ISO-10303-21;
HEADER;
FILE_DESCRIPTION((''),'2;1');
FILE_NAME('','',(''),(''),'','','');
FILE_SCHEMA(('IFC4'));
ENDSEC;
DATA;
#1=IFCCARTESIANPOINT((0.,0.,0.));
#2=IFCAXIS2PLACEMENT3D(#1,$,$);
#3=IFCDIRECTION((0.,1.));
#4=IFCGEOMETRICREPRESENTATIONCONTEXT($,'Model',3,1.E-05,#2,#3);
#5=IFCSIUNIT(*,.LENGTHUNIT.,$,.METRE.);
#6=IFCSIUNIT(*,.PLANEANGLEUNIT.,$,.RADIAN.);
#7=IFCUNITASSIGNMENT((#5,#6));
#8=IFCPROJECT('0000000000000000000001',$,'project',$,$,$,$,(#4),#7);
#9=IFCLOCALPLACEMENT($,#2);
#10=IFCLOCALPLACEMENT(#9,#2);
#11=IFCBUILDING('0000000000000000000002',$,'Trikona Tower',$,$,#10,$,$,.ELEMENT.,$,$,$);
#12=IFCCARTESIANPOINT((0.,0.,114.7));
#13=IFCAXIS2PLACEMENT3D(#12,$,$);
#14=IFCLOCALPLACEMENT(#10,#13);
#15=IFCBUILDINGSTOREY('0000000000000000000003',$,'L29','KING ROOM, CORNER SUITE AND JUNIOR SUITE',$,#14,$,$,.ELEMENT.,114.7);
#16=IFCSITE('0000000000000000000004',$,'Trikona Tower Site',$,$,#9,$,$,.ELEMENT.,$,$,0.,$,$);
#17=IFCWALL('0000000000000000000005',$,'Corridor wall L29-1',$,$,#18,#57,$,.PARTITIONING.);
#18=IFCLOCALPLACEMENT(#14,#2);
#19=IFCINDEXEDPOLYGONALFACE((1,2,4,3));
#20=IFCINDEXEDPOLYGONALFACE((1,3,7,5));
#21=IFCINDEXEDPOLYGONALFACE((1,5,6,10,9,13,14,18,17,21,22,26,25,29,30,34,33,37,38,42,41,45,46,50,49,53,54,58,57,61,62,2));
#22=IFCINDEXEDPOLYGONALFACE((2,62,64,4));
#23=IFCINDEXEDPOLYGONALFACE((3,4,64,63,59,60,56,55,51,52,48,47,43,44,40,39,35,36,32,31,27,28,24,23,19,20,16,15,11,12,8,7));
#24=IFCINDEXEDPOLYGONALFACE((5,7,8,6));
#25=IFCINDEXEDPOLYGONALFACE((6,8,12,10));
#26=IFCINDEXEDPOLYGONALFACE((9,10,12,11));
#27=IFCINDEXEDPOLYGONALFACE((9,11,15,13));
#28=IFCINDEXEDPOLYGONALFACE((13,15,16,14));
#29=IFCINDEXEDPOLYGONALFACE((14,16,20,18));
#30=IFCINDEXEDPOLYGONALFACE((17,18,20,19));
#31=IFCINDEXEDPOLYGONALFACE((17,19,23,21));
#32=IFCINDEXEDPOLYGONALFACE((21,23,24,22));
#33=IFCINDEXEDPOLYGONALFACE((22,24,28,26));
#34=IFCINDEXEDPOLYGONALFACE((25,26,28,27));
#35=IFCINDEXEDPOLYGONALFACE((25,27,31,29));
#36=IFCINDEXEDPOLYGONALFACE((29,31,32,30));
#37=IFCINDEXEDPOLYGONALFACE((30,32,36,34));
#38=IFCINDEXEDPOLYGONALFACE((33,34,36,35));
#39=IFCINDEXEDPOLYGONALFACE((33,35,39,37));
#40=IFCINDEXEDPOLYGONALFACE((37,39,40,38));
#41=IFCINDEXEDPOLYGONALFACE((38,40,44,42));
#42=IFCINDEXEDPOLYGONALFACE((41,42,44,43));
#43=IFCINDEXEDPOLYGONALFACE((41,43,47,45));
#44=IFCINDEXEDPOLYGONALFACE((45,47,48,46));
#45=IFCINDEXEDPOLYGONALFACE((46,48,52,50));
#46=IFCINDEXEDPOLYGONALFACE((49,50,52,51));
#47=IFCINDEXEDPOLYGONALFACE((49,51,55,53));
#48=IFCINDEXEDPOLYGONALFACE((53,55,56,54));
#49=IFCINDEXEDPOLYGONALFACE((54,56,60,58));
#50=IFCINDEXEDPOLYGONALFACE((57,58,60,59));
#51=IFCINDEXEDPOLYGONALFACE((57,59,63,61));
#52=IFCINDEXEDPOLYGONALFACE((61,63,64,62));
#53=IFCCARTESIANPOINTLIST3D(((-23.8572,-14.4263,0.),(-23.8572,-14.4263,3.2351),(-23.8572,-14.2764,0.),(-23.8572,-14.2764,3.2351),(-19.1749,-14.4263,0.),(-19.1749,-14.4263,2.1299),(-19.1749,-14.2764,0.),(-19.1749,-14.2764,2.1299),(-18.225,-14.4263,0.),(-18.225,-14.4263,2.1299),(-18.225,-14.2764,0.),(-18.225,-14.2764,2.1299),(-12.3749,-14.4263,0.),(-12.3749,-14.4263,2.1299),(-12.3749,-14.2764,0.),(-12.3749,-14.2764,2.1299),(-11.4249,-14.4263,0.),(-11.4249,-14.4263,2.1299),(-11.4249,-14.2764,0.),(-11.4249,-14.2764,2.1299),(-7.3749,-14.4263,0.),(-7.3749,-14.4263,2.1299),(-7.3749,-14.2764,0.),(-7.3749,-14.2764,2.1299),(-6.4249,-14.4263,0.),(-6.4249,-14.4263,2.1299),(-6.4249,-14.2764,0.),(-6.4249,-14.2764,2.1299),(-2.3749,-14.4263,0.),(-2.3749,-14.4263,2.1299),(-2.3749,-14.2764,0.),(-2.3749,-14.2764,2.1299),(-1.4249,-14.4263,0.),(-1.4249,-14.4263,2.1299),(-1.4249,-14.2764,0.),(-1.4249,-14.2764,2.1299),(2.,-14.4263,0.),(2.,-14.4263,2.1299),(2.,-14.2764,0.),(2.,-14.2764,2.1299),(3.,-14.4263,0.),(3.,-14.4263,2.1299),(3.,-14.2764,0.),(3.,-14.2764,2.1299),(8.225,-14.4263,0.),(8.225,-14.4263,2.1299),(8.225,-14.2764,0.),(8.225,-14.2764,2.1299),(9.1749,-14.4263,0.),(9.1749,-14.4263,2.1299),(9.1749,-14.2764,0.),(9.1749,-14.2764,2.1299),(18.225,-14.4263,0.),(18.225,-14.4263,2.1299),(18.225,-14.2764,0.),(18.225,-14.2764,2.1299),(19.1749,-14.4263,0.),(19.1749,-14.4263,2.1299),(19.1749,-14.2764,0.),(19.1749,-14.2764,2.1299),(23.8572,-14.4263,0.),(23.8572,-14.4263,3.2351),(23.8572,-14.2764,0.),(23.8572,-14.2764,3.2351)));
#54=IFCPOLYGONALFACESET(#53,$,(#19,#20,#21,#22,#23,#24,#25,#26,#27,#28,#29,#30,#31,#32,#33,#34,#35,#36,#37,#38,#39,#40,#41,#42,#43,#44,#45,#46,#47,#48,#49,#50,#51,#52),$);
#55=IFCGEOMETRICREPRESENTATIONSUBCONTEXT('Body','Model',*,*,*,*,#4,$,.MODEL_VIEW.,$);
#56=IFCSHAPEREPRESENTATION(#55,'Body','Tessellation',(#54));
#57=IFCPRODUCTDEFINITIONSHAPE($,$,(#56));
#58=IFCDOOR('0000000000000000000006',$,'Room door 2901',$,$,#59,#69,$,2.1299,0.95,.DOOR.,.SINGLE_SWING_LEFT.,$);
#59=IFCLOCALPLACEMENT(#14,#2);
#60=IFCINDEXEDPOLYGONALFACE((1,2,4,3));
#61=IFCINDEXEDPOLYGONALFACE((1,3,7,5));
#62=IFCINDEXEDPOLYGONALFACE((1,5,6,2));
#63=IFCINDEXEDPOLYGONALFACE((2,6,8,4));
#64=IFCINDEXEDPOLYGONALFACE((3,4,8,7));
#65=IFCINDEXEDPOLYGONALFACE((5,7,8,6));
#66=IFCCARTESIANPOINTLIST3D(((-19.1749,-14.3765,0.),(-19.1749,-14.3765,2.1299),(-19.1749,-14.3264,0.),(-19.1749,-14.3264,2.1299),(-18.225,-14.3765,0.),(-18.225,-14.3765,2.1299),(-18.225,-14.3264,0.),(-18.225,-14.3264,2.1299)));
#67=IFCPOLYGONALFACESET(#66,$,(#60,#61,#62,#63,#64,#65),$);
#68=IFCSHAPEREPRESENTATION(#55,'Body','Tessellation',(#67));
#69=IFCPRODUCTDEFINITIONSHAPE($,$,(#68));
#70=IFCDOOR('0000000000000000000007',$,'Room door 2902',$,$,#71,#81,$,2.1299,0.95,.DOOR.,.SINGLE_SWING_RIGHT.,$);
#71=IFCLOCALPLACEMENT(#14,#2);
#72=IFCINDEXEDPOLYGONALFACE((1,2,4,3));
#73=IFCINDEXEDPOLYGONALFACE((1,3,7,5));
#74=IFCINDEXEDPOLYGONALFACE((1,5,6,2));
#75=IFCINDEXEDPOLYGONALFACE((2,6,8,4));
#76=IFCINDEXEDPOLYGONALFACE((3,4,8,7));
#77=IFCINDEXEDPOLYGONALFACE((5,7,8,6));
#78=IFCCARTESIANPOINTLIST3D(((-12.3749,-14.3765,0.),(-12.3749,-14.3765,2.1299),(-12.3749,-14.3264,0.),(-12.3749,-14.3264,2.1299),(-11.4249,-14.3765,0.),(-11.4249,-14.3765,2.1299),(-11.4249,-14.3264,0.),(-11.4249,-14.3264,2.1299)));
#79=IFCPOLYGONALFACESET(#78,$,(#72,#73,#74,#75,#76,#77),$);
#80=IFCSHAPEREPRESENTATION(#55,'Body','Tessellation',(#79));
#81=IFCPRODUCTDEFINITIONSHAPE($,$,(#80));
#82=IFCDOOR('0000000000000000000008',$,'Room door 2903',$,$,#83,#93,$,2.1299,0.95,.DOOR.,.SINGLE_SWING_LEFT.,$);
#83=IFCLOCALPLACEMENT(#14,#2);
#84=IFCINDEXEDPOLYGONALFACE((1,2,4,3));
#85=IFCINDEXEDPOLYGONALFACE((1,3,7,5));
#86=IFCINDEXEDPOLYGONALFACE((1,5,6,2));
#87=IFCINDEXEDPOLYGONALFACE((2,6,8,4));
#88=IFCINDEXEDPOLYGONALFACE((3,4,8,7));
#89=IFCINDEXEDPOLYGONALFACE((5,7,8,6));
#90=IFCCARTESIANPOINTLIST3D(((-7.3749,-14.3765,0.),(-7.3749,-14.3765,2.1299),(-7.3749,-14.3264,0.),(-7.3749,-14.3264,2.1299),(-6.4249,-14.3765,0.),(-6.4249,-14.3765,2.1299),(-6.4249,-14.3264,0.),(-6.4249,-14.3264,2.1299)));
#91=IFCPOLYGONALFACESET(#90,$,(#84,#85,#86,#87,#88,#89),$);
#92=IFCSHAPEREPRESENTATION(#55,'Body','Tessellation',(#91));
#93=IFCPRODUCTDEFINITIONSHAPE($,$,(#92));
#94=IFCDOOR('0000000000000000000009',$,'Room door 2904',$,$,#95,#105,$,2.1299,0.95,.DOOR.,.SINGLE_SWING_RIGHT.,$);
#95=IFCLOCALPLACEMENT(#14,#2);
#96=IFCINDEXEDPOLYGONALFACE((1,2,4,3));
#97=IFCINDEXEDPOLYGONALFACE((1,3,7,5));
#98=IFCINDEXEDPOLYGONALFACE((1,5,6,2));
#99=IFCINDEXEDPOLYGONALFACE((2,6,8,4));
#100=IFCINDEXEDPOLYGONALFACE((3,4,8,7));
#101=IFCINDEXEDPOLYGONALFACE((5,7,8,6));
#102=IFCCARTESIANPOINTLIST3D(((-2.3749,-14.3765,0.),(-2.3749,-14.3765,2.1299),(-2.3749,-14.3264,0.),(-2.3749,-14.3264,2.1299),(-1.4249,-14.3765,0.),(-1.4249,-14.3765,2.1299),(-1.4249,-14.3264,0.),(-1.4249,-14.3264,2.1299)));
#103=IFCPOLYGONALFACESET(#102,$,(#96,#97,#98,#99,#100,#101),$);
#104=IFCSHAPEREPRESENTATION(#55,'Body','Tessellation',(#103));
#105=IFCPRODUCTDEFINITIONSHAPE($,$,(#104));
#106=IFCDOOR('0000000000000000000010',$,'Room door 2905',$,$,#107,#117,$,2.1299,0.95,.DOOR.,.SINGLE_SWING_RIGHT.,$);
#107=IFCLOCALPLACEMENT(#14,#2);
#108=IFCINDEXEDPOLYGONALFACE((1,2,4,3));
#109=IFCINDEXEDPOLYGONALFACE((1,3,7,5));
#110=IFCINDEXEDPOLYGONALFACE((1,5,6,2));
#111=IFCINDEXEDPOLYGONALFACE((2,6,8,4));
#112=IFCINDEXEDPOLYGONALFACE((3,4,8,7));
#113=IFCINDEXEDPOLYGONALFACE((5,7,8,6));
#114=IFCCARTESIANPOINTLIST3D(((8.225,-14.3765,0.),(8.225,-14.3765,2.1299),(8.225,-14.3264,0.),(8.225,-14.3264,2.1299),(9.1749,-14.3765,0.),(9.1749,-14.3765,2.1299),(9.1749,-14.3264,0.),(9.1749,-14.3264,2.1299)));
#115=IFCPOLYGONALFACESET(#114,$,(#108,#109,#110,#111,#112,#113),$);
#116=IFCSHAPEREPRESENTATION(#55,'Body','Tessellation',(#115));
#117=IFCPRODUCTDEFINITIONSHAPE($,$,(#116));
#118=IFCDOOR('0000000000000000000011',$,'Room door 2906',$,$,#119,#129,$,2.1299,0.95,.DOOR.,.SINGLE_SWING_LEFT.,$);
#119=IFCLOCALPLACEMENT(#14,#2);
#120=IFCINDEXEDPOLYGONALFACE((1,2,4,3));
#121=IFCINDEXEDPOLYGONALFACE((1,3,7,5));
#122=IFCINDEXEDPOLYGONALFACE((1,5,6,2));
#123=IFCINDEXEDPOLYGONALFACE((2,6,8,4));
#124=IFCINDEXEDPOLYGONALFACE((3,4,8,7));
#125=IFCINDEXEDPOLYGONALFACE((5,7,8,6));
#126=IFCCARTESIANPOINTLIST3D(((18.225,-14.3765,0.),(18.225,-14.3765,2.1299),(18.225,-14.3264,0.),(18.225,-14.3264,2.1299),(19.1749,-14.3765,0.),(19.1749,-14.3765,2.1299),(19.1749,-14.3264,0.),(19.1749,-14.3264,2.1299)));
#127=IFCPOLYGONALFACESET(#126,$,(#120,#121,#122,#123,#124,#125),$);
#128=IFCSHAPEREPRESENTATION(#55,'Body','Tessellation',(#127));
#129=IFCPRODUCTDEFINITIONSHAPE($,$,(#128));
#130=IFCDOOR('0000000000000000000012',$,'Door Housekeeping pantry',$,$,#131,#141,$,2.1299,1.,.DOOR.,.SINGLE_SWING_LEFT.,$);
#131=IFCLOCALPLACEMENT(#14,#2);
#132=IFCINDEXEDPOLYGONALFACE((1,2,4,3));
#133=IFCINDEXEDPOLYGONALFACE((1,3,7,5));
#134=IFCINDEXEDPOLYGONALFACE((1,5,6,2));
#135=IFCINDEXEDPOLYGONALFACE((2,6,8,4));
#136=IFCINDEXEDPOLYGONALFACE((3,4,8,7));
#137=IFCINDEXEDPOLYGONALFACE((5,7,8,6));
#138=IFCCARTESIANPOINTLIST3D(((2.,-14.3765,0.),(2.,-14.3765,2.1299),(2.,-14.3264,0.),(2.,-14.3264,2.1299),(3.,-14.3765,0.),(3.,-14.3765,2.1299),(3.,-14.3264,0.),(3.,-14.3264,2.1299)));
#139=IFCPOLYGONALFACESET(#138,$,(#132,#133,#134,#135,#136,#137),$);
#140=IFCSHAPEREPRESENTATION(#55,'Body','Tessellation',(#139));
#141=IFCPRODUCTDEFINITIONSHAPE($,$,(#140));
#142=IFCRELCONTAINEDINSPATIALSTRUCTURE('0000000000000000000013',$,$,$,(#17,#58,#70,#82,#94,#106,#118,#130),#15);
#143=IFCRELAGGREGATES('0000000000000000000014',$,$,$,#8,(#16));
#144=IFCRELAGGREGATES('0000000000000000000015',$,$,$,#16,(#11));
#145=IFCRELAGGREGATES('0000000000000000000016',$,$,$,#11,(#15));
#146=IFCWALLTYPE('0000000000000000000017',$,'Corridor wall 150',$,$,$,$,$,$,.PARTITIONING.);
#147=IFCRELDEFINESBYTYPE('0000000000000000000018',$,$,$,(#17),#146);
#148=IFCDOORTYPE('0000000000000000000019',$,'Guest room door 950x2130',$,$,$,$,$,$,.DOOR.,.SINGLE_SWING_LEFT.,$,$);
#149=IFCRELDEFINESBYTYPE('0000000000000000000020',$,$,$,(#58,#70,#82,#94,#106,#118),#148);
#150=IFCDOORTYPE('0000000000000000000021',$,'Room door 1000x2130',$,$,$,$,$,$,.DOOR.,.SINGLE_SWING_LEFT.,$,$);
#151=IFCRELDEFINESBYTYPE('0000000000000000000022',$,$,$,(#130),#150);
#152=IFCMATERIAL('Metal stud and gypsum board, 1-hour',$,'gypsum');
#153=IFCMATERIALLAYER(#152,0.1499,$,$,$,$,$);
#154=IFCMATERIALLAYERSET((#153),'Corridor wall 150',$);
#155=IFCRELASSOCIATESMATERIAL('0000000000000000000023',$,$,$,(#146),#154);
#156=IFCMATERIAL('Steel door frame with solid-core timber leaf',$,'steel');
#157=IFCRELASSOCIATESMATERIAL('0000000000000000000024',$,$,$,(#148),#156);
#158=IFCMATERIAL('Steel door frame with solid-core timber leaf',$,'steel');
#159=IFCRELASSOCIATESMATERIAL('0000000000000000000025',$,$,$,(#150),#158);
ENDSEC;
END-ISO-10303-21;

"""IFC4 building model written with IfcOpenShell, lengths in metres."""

from ifc_helpers import new_model, si_unit, direction, frame, frame_2d, origin, place, context, subcontext, project, spatial, rectangle, extrude, material, layer, layer_set, type_object, element, fill, save


model = new_model("IFC4")

# Units and contexts
model_context = context("Model", 3, precision=1e-05, world=origin(), true_north=direction((0.0, 1.0)))
body_context = subcontext(model_context, "Body", "Model", "MODEL_VIEW")
ifc_project = project(units=[si_unit("LENGTHUNIT", "METRE"), si_unit("PLANEANGLEUNIT", "RADIAN")], contexts=[model_context])

# Site, building, storey
site_placement = place(None, origin())
site = spatial("IfcSite", under=ifc_project, at=site_placement, Name="Trikona Tower Site", CompositionType="ELEMENT", RefElevation=0.0)
building_placement = place(site_placement, origin())
building = spatial("IfcBuilding", under=site, at=building_placement, Name="Trikona Tower", CompositionType="ELEMENT")
storey_placement = place(building_placement, frame((0.0, 0.0, 114.7)))
storey = spatial("IfcBuildingStorey", under=building, at=storey_placement, Name="L29", Description="KING ROOM, CORNER SUITE AND JUNIOR SUITE", CompositionType="ELEMENT", Elevation=114.7)

# Wall, openings, doors
ifc_material_1 = material(Name="Metal stud and gypsum board, 1-hour", Category="gypsum")
ifc_layer_1 = layer(ifc_material_1, 0.1499)
ifc_layer_set_1 = layer_set([ifc_layer_1], Name="Corridor wall 150")
wall_type_1 = type_object("IfcWallType", Name="Corridor wall 150", PredefinedType="PARTITIONING", material=ifc_layer_set_1)
wall_1_placement = place(storey_placement, frame((-23.8572, -14.3513, 0.0), z_axis=(0.0, 0.0, 1.0), x_axis=(1.0, 0.0, 0.0)))
wall_1 = element("IfcWall", 1, at=wall_1_placement, inside=storey, type_object=wall_type_1, Name="Corridor wall L29-1", PredefinedType="PARTITIONING", context=body_context, shape_type="SweptSolid", body=[
    extrude(rectangle(XDim=47.7144, YDim=0.1499, at=frame_2d((23.8572, 0.0))), origin(), (0.0, 0.0, 1.0), 3.2351),
])
opening_1_placement = place(wall_1_placement, frame((4.6821, 0.0, 0.0)))
opening_1 = element("IfcOpeningElement", 2, at=opening_1_placement, cuts=wall_1, PredefinedType="OPENING", context=body_context, shape_type="SweptSolid", body=[
    extrude(rectangle(XDim=0.95, YDim=2.1299, at=frame_2d((0.4751, 1.0649))), frame((0.0, 0.085, 0.0), z_axis=(0.0, -1.0, 0.0), x_axis=(1.0, 0.0, 0.0)), (0.0, 0.0, 1.0), 0.1699),
])
opening_2_placement = place(wall_1_placement, frame((11.4822, 0.0, 0.0)))
opening_2 = element("IfcOpeningElement", 3, at=opening_2_placement, cuts=wall_1, PredefinedType="OPENING", context=body_context, shape_type="SweptSolid", body=[
    extrude(rectangle(XDim=0.95, YDim=2.1299, at=frame_2d((0.4751, 1.0649))), frame((0.0, 0.085, 0.0), z_axis=(0.0, -1.0, 0.0), x_axis=(1.0, 0.0, 0.0)), (0.0, 0.0, 1.0), 0.1699),
])
opening_3_placement = place(wall_1_placement, frame((16.4822, 0.0, 0.0)))
opening_3 = element("IfcOpeningElement", 4, at=opening_3_placement, cuts=wall_1, PredefinedType="OPENING", context=body_context, shape_type="SweptSolid", body=[
    extrude(rectangle(XDim=0.95, YDim=2.1299, at=frame_2d((0.4751, 1.0649))), frame((0.0, 0.085, 0.0), z_axis=(0.0, -1.0, 0.0), x_axis=(1.0, 0.0, 0.0)), (0.0, 0.0, 1.0), 0.1699),
])
opening_4_placement = place(wall_1_placement, frame((21.4822, 0.0, 0.0)))
opening_4 = element("IfcOpeningElement", 5, at=opening_4_placement, cuts=wall_1, PredefinedType="OPENING", context=body_context, shape_type="SweptSolid", body=[
    extrude(rectangle(XDim=0.95, YDim=2.1299, at=frame_2d((0.4751, 1.0649))), frame((0.0, 0.085, 0.0), z_axis=(0.0, -1.0, 0.0), x_axis=(1.0, 0.0, 0.0)), (0.0, 0.0, 1.0), 0.1699),
])
opening_5_placement = place(wall_1_placement, frame((25.8572, 0.0, 0.0)))
opening_5 = element("IfcOpeningElement", 6, at=opening_5_placement, cuts=wall_1, PredefinedType="OPENING", context=body_context, shape_type="SweptSolid", body=[
    extrude(rectangle(XDim=1.0, YDim=2.1299, at=frame_2d((0.5, 1.0649))), frame((0.0, 0.085, 0.0), z_axis=(0.0, -1.0, 0.0), x_axis=(1.0, 0.0, 0.0)), (0.0, 0.0, 1.0), 0.1699),
])
opening_6_placement = place(wall_1_placement, frame((32.082, 0.0, 0.0)))
opening_6 = element("IfcOpeningElement", 7, at=opening_6_placement, cuts=wall_1, PredefinedType="OPENING", context=body_context, shape_type="SweptSolid", body=[
    extrude(rectangle(XDim=0.95, YDim=2.1299, at=frame_2d((0.4751, 1.0649))), frame((0.0, 0.085, 0.0), z_axis=(0.0, -1.0, 0.0), x_axis=(1.0, 0.0, 0.0)), (0.0, 0.0, 1.0), 0.1699),
])
opening_7_placement = place(wall_1_placement, frame((42.082, 0.0, 0.0)))
opening_7 = element("IfcOpeningElement", 8, at=opening_7_placement, cuts=wall_1, PredefinedType="OPENING", context=body_context, shape_type="SweptSolid", body=[
    extrude(rectangle(XDim=0.95, YDim=2.1299, at=frame_2d((0.4751, 1.0649))), frame((0.0, 0.085, 0.0), z_axis=(0.0, -1.0, 0.0), x_axis=(1.0, 0.0, 0.0)), (0.0, 0.0, 1.0), 0.1699),
])
ifc_material_2 = material(Name="Steel door frame with solid-core timber leaf", Category="steel")
door_type_1 = type_object("IfcDoorType", Name="Guest room door 950x2130", OperationType="SINGLE_SWING_LEFT", PredefinedType="DOOR", material=ifc_material_2)
door_1_placement = place(opening_1_placement, origin())
door_1 = element("IfcDoor", 9, at=door_1_placement, inside=storey, type_object=door_type_1, Name="Room door 2901", OperationType="SINGLE_SWING_LEFT", OverallHeight=2.1299, OverallWidth=0.95, PredefinedType="DOOR", context=body_context, shape_type="SweptSolid", body=[
    extrude(rectangle(XDim=0.95, YDim=2.1299, at=frame_2d((0.4751, 1.0649))), frame((0.0, 0.0249, 0.0), z_axis=(0.0, -1.0, 0.0), x_axis=(1.0, 0.0, 0.0)), (0.0, 0.0, 1.0), 0.05),
])
fill(opening_1, door_1)
door_2_placement = place(opening_2_placement, origin())
door_2 = element("IfcDoor", 10, at=door_2_placement, inside=storey, type_object=door_type_1, Name="Room door 2902", OperationType="SINGLE_SWING_RIGHT", OverallHeight=2.1299, OverallWidth=0.95, PredefinedType="DOOR", context=body_context, shape_type="SweptSolid", body=[
    extrude(rectangle(XDim=0.95, YDim=2.1299, at=frame_2d((0.4751, 1.0649))), frame((0.0, 0.0249, 0.0), z_axis=(0.0, -1.0, 0.0), x_axis=(1.0, 0.0, 0.0)), (0.0, 0.0, 1.0), 0.05),
])
fill(opening_2, door_2)
door_3_placement = place(opening_3_placement, origin())
door_3 = element("IfcDoor", 11, at=door_3_placement, inside=storey, type_object=door_type_1, Name="Room door 2903", OperationType="SINGLE_SWING_LEFT", OverallHeight=2.1299, OverallWidth=0.95, PredefinedType="DOOR", context=body_context, shape_type="SweptSolid", body=[
    extrude(rectangle(XDim=0.95, YDim=2.1299, at=frame_2d((0.4751, 1.0649))), frame((0.0, 0.0249, 0.0), z_axis=(0.0, -1.0, 0.0), x_axis=(1.0, 0.0, 0.0)), (0.0, 0.0, 1.0), 0.05),
])
fill(opening_3, door_3)
door_4_placement = place(opening_4_placement, origin())
door_4 = element("IfcDoor", 12, at=door_4_placement, inside=storey, type_object=door_type_1, Name="Room door 2904", OperationType="SINGLE_SWING_RIGHT", OverallHeight=2.1299, OverallWidth=0.95, PredefinedType="DOOR", context=body_context, shape_type="SweptSolid", body=[
    extrude(rectangle(XDim=0.95, YDim=2.1299, at=frame_2d((0.4751, 1.0649))), frame((0.0, 0.0249, 0.0), z_axis=(0.0, -1.0, 0.0), x_axis=(1.0, 0.0, 0.0)), (0.0, 0.0, 1.0), 0.05),
])
fill(opening_4, door_4)
door_5_placement = place(opening_6_placement, origin())
door_5 = element("IfcDoor", 13, at=door_5_placement, inside=storey, type_object=door_type_1, Name="Room door 2905", OperationType="SINGLE_SWING_RIGHT", OverallHeight=2.1299, OverallWidth=0.95, PredefinedType="DOOR", context=body_context, shape_type="SweptSolid", body=[
    extrude(rectangle(XDim=0.95, YDim=2.1299, at=frame_2d((0.4751, 1.0649))), frame((0.0, 0.0249, 0.0), z_axis=(0.0, -1.0, 0.0), x_axis=(1.0, 0.0, 0.0)), (0.0, 0.0, 1.0), 0.05),
])
fill(opening_6, door_5)
door_6_placement = place(opening_7_placement, origin())
door_6 = element("IfcDoor", 14, at=door_6_placement, inside=storey, type_object=door_type_1, Name="Room door 2906", OperationType="SINGLE_SWING_LEFT", OverallHeight=2.1299, OverallWidth=0.95, PredefinedType="DOOR", context=body_context, shape_type="SweptSolid", body=[
    extrude(rectangle(XDim=0.95, YDim=2.1299, at=frame_2d((0.4751, 1.0649))), frame((0.0, 0.0249, 0.0), z_axis=(0.0, -1.0, 0.0), x_axis=(1.0, 0.0, 0.0)), (0.0, 0.0, 1.0), 0.05),
])
fill(opening_7, door_6)
ifc_material_3 = material(Name="Steel door frame with solid-core timber leaf", Category="steel")
door_type_2 = type_object("IfcDoorType", Name="Room door 1000x2130", OperationType="SINGLE_SWING_LEFT", PredefinedType="DOOR", material=ifc_material_3)
door_7_placement = place(opening_5_placement, origin())
door_7 = element("IfcDoor", 15, at=door_7_placement, inside=storey, type_object=door_type_2, Name="Door Housekeeping pantry", OperationType="SINGLE_SWING_LEFT", OverallHeight=2.1299, OverallWidth=1.0, PredefinedType="DOOR", context=body_context, shape_type="SweptSolid", body=[
    extrude(rectangle(XDim=1.0, YDim=2.1299, at=frame_2d((0.5, 1.0649))), frame((0.0, 0.0249, 0.0), z_axis=(0.0, -1.0, 0.0), x_axis=(1.0, 0.0, 0.0)), (0.0, 0.0, 1.0), 0.05),
])
fill(opening_5, door_7)

save(model, "model.ifc")
